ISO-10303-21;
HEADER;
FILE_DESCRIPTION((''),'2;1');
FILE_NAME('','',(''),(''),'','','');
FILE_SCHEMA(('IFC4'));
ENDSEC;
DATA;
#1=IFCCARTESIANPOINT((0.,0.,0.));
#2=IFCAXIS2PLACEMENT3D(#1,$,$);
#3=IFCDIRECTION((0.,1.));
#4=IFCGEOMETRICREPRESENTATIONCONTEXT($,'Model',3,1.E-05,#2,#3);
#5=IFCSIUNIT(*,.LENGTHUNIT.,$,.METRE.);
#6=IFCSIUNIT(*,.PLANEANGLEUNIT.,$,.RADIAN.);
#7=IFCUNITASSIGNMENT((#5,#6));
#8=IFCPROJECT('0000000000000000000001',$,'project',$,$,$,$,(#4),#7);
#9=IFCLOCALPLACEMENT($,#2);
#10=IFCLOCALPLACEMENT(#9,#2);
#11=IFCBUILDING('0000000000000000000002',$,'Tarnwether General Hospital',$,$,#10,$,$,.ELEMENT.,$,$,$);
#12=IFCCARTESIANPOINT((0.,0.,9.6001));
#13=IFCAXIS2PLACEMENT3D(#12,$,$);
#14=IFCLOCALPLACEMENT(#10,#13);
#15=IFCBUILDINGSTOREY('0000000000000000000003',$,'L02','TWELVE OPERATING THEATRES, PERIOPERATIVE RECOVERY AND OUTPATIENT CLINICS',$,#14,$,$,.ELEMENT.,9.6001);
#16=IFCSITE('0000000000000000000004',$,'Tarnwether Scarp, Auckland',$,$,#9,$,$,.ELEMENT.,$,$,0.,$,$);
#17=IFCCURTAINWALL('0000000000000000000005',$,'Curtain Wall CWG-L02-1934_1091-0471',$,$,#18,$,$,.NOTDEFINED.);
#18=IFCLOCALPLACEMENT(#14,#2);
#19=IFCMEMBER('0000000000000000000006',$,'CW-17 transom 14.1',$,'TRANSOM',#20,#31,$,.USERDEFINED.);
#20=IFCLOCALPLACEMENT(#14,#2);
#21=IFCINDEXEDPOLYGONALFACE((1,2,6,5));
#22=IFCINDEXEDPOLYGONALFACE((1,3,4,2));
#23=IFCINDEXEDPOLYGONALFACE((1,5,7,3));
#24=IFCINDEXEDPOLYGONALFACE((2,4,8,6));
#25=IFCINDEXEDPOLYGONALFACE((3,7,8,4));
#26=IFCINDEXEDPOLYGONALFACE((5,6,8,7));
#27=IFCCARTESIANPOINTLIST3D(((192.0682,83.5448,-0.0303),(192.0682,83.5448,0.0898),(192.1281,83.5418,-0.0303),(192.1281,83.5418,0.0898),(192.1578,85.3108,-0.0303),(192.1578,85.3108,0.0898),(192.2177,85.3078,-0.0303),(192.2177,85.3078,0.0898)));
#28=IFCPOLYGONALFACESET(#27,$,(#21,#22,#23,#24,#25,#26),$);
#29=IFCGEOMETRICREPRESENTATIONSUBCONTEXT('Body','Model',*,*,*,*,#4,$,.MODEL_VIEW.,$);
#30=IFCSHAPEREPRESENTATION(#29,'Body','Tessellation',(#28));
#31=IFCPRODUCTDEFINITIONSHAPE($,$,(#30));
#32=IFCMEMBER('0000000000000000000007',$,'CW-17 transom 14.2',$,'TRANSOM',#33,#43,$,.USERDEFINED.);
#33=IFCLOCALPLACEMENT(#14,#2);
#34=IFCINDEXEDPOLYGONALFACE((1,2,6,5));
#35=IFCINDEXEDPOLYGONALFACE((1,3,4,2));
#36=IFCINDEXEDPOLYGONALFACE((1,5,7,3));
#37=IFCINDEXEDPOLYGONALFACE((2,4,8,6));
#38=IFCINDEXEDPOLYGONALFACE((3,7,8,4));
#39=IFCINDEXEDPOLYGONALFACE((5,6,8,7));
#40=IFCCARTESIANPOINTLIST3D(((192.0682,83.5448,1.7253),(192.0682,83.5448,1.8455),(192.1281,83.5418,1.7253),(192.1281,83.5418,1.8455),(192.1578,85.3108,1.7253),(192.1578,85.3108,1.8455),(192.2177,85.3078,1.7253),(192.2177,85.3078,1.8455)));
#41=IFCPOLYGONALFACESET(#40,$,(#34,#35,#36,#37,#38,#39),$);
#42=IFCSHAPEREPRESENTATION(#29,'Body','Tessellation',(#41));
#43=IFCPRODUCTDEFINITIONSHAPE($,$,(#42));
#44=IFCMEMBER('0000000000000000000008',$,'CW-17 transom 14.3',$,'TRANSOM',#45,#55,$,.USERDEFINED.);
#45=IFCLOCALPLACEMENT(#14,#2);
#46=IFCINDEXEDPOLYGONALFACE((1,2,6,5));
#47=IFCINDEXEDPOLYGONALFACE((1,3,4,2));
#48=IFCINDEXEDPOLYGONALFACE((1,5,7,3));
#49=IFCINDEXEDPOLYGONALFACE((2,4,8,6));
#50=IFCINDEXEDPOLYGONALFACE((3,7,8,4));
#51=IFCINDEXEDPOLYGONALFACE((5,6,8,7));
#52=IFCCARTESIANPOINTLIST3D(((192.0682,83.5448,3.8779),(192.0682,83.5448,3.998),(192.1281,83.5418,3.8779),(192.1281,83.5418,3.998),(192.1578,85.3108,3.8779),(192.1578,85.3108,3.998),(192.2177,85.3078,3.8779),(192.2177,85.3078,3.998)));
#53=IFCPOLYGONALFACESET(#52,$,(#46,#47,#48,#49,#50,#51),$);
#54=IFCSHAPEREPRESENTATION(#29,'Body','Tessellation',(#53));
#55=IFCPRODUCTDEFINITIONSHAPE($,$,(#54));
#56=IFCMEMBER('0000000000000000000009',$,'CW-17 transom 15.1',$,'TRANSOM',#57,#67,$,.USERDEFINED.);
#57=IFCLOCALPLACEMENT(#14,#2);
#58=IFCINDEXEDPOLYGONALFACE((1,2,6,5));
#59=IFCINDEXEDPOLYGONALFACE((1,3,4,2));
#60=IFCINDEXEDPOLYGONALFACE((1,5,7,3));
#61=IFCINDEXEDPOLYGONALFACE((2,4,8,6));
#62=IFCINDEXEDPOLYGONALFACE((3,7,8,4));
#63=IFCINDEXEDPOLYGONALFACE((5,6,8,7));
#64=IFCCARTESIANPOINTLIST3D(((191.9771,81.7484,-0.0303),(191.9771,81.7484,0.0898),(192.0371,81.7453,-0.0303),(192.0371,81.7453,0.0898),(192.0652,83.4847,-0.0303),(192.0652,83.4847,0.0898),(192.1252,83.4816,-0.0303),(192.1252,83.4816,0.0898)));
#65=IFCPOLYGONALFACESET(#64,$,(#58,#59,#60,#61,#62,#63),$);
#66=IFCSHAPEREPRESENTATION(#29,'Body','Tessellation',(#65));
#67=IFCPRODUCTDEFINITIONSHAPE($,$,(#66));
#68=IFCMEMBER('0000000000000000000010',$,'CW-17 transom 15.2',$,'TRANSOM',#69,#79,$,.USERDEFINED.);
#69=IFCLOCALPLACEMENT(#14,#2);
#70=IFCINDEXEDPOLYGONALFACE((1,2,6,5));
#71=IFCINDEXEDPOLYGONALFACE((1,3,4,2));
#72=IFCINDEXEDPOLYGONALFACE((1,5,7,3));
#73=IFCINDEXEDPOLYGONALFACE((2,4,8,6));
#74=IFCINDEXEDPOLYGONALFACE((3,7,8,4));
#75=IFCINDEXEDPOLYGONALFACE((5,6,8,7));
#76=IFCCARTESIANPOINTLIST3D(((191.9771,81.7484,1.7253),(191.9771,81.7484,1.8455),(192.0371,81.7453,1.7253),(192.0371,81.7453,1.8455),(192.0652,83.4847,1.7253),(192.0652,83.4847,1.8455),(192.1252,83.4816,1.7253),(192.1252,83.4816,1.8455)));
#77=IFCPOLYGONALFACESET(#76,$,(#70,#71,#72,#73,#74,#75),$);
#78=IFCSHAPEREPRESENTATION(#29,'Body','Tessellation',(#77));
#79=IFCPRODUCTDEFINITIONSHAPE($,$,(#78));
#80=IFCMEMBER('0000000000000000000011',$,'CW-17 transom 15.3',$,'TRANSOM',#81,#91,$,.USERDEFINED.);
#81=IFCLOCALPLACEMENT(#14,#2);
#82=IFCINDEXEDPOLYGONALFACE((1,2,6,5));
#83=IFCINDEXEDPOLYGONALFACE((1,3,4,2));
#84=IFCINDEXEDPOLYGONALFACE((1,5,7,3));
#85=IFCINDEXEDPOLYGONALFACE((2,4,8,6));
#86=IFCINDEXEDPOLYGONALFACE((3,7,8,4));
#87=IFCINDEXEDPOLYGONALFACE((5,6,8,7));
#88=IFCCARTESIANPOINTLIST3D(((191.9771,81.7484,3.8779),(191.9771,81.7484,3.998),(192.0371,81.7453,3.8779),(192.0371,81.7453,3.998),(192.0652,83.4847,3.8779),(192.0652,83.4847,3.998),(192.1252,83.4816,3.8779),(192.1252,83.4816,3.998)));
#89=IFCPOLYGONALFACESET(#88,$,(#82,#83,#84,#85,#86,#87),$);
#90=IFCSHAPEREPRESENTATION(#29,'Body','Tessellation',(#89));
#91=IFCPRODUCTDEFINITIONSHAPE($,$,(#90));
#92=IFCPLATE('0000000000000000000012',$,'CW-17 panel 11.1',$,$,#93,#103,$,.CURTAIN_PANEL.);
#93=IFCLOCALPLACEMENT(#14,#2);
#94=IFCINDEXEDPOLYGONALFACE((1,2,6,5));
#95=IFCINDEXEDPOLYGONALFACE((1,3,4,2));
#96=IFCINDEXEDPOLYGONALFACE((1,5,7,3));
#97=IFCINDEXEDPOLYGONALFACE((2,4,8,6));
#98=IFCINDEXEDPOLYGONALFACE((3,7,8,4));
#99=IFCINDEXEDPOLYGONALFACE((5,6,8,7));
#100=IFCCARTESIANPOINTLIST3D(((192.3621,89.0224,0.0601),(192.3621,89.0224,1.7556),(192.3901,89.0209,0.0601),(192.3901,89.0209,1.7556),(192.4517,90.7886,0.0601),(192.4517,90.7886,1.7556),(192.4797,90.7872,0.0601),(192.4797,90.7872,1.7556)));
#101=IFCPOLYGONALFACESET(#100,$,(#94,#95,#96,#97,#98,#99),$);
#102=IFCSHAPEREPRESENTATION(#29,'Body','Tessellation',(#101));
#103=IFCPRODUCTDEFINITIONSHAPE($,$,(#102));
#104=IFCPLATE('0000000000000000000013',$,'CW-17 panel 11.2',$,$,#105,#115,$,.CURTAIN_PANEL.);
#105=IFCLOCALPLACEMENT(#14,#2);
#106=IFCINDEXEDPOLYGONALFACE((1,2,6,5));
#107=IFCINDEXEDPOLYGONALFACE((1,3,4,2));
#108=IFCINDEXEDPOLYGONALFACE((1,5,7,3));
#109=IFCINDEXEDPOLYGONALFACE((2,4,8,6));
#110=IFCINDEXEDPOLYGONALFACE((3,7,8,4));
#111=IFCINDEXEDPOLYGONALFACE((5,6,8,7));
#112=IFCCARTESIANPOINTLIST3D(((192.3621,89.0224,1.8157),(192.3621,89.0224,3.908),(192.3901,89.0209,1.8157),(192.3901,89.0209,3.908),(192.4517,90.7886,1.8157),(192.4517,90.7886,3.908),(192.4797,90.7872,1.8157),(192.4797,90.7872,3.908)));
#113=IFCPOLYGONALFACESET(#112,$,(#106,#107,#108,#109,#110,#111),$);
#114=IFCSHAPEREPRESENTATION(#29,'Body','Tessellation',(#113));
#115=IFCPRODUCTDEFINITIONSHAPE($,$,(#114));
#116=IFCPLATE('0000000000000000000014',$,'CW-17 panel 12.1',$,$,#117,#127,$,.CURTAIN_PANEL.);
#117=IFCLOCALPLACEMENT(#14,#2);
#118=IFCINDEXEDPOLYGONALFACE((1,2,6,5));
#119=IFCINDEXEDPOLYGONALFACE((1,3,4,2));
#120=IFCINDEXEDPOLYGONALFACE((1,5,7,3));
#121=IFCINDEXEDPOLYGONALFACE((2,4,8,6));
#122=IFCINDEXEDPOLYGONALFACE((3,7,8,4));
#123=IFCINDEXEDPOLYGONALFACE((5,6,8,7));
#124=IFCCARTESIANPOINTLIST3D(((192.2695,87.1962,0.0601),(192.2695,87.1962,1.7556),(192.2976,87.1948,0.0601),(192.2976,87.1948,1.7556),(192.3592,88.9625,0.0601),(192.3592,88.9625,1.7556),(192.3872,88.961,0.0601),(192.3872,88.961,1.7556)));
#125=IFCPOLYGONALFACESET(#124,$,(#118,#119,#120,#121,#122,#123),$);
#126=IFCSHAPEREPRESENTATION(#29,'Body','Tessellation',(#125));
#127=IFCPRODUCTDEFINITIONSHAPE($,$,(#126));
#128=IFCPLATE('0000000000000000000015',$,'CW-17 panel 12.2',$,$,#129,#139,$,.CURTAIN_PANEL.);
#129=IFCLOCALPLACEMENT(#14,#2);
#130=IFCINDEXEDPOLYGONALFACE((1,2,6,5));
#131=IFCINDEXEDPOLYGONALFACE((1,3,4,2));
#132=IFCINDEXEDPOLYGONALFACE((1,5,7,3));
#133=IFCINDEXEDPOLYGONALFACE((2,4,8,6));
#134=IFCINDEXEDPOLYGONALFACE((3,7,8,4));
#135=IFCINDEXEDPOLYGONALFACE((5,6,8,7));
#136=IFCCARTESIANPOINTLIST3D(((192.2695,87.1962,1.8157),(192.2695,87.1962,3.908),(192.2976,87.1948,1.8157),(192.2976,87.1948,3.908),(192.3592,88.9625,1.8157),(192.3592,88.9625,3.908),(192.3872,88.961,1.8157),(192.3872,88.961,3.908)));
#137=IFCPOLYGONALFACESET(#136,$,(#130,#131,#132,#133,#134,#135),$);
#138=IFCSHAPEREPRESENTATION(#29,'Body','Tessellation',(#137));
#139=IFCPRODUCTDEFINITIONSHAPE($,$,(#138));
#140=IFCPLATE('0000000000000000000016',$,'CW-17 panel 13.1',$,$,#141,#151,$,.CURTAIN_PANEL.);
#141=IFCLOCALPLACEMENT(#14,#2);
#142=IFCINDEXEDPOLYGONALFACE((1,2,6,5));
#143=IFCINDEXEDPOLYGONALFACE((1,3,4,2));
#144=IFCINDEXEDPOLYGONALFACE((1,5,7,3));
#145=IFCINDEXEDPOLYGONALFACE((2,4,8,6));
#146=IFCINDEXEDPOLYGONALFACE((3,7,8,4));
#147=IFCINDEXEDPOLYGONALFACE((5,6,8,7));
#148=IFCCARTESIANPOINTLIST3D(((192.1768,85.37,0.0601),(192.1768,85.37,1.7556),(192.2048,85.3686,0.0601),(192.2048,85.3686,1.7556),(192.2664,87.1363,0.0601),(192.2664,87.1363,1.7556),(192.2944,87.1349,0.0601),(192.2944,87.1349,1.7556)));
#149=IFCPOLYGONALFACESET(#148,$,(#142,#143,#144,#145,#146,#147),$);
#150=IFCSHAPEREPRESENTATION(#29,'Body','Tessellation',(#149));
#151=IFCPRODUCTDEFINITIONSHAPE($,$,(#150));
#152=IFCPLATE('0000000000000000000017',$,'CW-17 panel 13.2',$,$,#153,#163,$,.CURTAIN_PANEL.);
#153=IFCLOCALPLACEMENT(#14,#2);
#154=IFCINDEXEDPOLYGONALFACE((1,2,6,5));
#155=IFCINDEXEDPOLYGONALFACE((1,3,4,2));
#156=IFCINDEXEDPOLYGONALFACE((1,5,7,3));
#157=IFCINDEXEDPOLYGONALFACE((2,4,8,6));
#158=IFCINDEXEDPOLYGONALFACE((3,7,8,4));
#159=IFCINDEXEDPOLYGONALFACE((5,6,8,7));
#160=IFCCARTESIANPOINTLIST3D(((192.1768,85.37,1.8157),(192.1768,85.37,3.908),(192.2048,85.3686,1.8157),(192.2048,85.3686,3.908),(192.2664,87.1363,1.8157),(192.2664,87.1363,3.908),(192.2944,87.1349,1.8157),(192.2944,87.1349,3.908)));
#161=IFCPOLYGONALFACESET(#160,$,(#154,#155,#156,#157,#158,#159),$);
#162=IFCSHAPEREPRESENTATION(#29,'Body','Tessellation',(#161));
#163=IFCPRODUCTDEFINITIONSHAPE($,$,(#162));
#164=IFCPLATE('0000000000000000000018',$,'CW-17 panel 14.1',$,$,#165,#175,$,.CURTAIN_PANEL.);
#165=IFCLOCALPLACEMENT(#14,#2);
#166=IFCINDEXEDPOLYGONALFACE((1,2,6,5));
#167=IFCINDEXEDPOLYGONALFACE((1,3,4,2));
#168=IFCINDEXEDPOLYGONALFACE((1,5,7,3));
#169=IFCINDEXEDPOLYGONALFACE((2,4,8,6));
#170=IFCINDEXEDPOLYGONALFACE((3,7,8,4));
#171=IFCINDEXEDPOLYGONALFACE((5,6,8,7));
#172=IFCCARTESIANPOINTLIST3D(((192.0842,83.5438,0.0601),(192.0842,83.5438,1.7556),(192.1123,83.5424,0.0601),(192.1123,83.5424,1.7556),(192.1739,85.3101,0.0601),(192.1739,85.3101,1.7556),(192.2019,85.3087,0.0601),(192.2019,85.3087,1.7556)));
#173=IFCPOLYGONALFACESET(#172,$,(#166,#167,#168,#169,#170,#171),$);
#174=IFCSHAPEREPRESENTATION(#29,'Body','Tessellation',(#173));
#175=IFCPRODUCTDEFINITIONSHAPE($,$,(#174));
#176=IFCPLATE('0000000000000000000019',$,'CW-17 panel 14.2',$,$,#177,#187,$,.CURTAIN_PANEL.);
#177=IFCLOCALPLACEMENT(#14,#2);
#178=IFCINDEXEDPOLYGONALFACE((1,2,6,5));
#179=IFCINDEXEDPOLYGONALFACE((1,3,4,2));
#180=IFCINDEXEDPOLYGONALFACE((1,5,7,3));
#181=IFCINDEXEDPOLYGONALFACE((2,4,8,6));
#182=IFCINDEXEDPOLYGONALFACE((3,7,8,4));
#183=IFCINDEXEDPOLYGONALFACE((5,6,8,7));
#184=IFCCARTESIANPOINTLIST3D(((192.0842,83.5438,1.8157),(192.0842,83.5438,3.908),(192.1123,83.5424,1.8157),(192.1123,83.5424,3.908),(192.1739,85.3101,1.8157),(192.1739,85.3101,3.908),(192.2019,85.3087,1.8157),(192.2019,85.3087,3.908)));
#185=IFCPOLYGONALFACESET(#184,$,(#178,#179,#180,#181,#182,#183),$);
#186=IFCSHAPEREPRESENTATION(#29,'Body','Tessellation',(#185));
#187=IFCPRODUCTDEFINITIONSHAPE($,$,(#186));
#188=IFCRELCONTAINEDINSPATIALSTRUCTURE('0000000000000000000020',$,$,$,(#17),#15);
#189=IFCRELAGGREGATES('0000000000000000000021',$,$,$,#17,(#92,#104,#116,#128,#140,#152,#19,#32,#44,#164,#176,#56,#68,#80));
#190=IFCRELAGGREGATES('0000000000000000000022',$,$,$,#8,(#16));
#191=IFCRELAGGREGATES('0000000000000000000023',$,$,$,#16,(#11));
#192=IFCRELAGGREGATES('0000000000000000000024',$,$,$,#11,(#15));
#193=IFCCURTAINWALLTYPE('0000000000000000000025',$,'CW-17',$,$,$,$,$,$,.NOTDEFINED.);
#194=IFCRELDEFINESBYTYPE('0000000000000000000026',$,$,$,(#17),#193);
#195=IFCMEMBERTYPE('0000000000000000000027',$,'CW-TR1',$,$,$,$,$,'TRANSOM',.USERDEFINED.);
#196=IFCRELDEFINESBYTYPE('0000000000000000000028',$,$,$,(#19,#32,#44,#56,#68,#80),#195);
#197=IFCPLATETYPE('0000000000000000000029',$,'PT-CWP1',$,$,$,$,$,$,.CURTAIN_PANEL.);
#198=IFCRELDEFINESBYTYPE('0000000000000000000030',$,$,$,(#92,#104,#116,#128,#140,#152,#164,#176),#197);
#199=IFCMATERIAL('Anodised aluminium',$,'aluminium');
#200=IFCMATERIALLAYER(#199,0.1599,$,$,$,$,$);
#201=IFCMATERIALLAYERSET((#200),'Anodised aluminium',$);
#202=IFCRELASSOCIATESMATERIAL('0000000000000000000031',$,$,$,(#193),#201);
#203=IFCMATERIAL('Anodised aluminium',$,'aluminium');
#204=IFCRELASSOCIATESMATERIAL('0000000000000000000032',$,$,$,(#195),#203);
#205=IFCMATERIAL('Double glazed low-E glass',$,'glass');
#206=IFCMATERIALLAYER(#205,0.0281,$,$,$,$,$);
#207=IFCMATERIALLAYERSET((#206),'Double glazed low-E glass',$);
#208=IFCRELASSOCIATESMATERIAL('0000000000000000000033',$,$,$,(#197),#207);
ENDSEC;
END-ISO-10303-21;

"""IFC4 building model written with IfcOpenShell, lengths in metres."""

from ifc_helpers import new_model, si_unit, direction, frame, origin, origin_2d, place, context, subcontext, project, spatial, rectangle, extrude, material, layer, layer_set, material_profile, profile_set, type_object, element, aggregate, save


model = new_model("IFC4")

# Units and contexts
model_context = context("Model", 3, precision=1e-05, world=origin(), true_north=direction((0.0, 1.0)))
body_context = subcontext(model_context, "Body", "Model", "MODEL_VIEW")
ifc_project = project(units=[si_unit("LENGTHUNIT", "METRE"), si_unit("PLANEANGLEUNIT", "RADIAN")], contexts=[model_context])

# Site, building, storey
site_placement = place(None, origin())
site = spatial("IfcSite", under=ifc_project, at=site_placement, Name="Tarnwether Scarp, Auckland", CompositionType="ELEMENT", RefElevation=0.0)
building_placement = place(site_placement, origin())
building = spatial("IfcBuilding", under=site, at=building_placement, Name="Tarnwether General Hospital", CompositionType="ELEMENT")
storey_placement = place(building_placement, frame((0.0, 0.0, 9.6001)))
storey = spatial("IfcBuildingStorey", under=building, at=storey_placement, Name="L02", Description="TWELVE OPERATING THEATRES, PERIOPERATIVE RECOVERY AND OUTPATIENT CLINICS", CompositionType="ELEMENT", Elevation=9.6001)

# Curtain wall, members, plates
ifc_material_1 = material(Name="Anodised aluminium", Category="aluminium")
ifc_layer_1 = layer(ifc_material_1, 0.1599)
ifc_layer_set_1 = layer_set([ifc_layer_1], Name="Anodised aluminium")
curtain_wall_type = type_object("IfcCurtainWallType", Name="CW-17", PredefinedType="NOTDEFINED", material=ifc_layer_set_1)
curtain_wall_placement = place(storey_placement, origin())
curtain_wall = element("IfcCurtainWall", 1, at=curtain_wall_placement, inside=storey, type_object=curtain_wall_type, Name="Curtain Wall CWG-L02-1934_1091-0471", PredefinedType="NOTDEFINED")
ifc_material_2 = material(Name="Anodised aluminium", Category="aluminium")
ifc_material_profile_1 = material_profile(ifc_material_2, rectangle(XDim=0.0601, YDim=0.1201, at=origin_2d()), Name="ALU-TRN-60x120")
ifc_profile_set_1 = profile_set([ifc_material_profile_1], Name="Anodised aluminium")
member_type_1 = type_object("IfcMemberType", Name="CW-TR1", ElementType="TRANSOM", PredefinedType="USERDEFINED", material=ifc_profile_set_1)
member_1_placement = place(storey_placement, frame((192.1877, 85.3093, 0.0298), z_axis=(-0.050667, -0.998716, 0.0), x_axis=(0.998716, -0.050667, 0.0)))
member_1 = element("IfcMember", 2, at=member_1_placement, type_object=member_type_1, Name="CW-17 transom 14.1", ObjectType="TRANSOM", PredefinedType="USERDEFINED", context=body_context, shape_type="SweptSolid", body=[
    extrude(rectangle(XDim=0.0601, YDim=0.1201, at=origin_2d()), origin(), (0.0, 0.0, 1.0), 1.7683),
])
member_2_placement = place(storey_placement, frame((192.1877, 85.3093, 1.7854), z_axis=(-0.050667, -0.998716, 0.0), x_axis=(0.998716, -0.050667, 0.0)))
member_2 = element("IfcMember", 3, at=member_2_placement, type_object=member_type_1, Name="CW-17 transom 14.2", ObjectType="TRANSOM", PredefinedType="USERDEFINED", context=body_context, shape_type="SweptSolid", body=[
    extrude(rectangle(XDim=0.0601, YDim=0.1201, at=origin_2d()), origin(), (0.0, 0.0, 1.0), 1.7683),
])
member_3_placement = place(storey_placement, frame((192.1877, 85.3093, 3.938), z_axis=(-0.050667, -0.998716, 0.0), x_axis=(0.998716, -0.050667, 0.0)))
member_3 = element("IfcMember", 4, at=member_3_placement, type_object=member_type_1, Name="CW-17 transom 14.3", ObjectType="TRANSOM", PredefinedType="USERDEFINED", context=body_context, shape_type="SweptSolid", body=[
    extrude(rectangle(XDim=0.0601, YDim=0.1201, at=origin_2d()), origin(), (0.0, 0.0, 1.0), 1.7683),
])
member_4_placement = place(storey_placement, frame((192.0952, 83.4832, 0.0298), z_axis=(-0.050694, -0.998714, 0.0), x_axis=(0.998714, -0.050694, 0.0)))
member_4 = element("IfcMember", 5, at=member_4_placement, type_object=member_type_1, Name="CW-17 transom 15.1", ObjectType="TRANSOM", PredefinedType="USERDEFINED", context=body_context, shape_type="SweptSolid", body=[
    extrude(rectangle(XDim=0.0601, YDim=0.1201, at=origin_2d()), origin(), (0.0, 0.0, 1.0), 1.7385),
])
member_5_placement = place(storey_placement, frame((192.0952, 83.4832, 1.7854), z_axis=(-0.050694, -0.998714, 0.0), x_axis=(0.998714, -0.050694, 0.0)))
member_5 = element("IfcMember", 6, at=member_5_placement, type_object=member_type_1, Name="CW-17 transom 15.2", ObjectType="TRANSOM", PredefinedType="USERDEFINED", context=body_context, shape_type="SweptSolid", body=[
    extrude(rectangle(XDim=0.0601, YDim=0.1201, at=origin_2d()), origin(), (0.0, 0.0, 1.0), 1.7385),
])
member_6_placement = place(storey_placement, frame((192.0952, 83.4832, 3.938), z_axis=(-0.050694, -0.998714, 0.0), x_axis=(0.998714, -0.050694, 0.0)))
member_6 = element("IfcMember", 7, at=member_6_placement, type_object=member_type_1, Name="CW-17 transom 15.3", ObjectType="TRANSOM", PredefinedType="USERDEFINED", context=body_context, shape_type="SweptSolid", body=[
    extrude(rectangle(XDim=0.0601, YDim=0.1201, at=origin_2d()), origin(), (0.0, 0.0, 1.0), 1.7385),
])
ifc_material_3 = material(Name="Double glazed low-E glass", Category="glass")
ifc_layer_2 = layer(ifc_material_3, 0.0281)
ifc_layer_set_2 = layer_set([ifc_layer_2], Name="Double glazed low-E glass")
plate_type = type_object("IfcPlateType", Name="PT-CWP1", PredefinedType="CURTAIN_PANEL", material=ifc_layer_set_2)
plate_1_placement = place(storey_placement, frame((192.4209, 89.9048, 0.0601), z_axis=(0.0, 0.0, 1.0), x_axis=(-0.050678, -0.998715, 0.0)))
plate_1 = element("IfcPlate", 8, at=plate_1_placement, type_object=plate_type, Name="CW-17 panel 11.1", PredefinedType="CURTAIN_PANEL", context=body_context, shape_type="SweptSolid", body=[
    extrude(rectangle(XDim=1.7686, YDim=0.0281, at=origin_2d()), origin(), (0.0, 0.0, 1.0), 1.6956),
])
plate_2_placement = place(storey_placement, frame((192.4209, 89.9048, 1.8157), z_axis=(0.0, 0.0, 1.0), x_axis=(-0.050678, -0.998715, 0.0)))
plate_2 = element("IfcPlate", 9, at=plate_2_placement, type_object=plate_type, Name="CW-17 panel 11.2", PredefinedType="CURTAIN_PANEL", context=body_context, shape_type="SweptSolid", body=[
    extrude(rectangle(XDim=1.7686, YDim=0.0281, at=origin_2d()), origin(), (0.0, 0.0, 1.0), 2.0923),
])
plate_3_placement = place(storey_placement, frame((192.3284, 88.0786, 0.0601), z_axis=(0.0, 0.0, 1.0), x_axis=(-0.050678, -0.998715, 0.0)))
plate_3 = element("IfcPlate", 10, at=plate_3_placement, type_object=plate_type, Name="CW-17 panel 12.1", PredefinedType="CURTAIN_PANEL", context=body_context, shape_type="SweptSolid", body=[
    extrude(rectangle(XDim=1.7686, YDim=0.0281, at=origin_2d()), origin(), (0.0, 0.0, 1.0), 1.6956),
])
plate_4_placement = place(storey_placement, frame((192.3284, 88.0786, 1.8157), z_axis=(0.0, 0.0, 1.0), x_axis=(-0.050678, -0.998715, 0.0)))
plate_4 = element("IfcPlate", 11, at=plate_4_placement, type_object=plate_type, Name="CW-17 panel 12.2", PredefinedType="CURTAIN_PANEL", context=body_context, shape_type="SweptSolid", body=[
    extrude(rectangle(XDim=1.7686, YDim=0.0281, at=origin_2d()), origin(), (0.0, 0.0, 1.0), 2.0923),
])
plate_5_placement = place(storey_placement, frame((192.2356, 86.2524, 0.0601), z_axis=(0.0, 0.0, 1.0), x_axis=(-0.050678, -0.998715, 0.0)))
plate_5 = element("IfcPlate", 12, at=plate_5_placement, type_object=plate_type, Name="CW-17 panel 13.1", PredefinedType="CURTAIN_PANEL", context=body_context, shape_type="SweptSolid", body=[
    extrude(rectangle(XDim=1.7686, YDim=0.0281, at=origin_2d()), origin(), (0.0, 0.0, 1.0), 1.6956),
])
plate_6_placement = place(storey_placement, frame((192.2356, 86.2524, 1.8157), z_axis=(0.0, 0.0, 1.0), x_axis=(-0.050678, -0.998715, 0.0)))
plate_6 = element("IfcPlate", 13, at=plate_6_placement, type_object=plate_type, Name="CW-17 panel 13.2", PredefinedType="CURTAIN_PANEL", context=body_context, shape_type="SweptSolid", body=[
    extrude(rectangle(XDim=1.7686, YDim=0.0281, at=origin_2d()), origin(), (0.0, 0.0, 1.0), 2.0923),
])
plate_7_placement = place(storey_placement, frame((192.1431, 84.4263, 0.0601), z_axis=(0.0, 0.0, 1.0), x_axis=(-0.050678, -0.998715, 0.0)))
plate_7 = element("IfcPlate", 14, at=plate_7_placement, type_object=plate_type, Name="CW-17 panel 14.1", PredefinedType="CURTAIN_PANEL", context=body_context, shape_type="SweptSolid", body=[
    extrude(rectangle(XDim=1.7686, YDim=0.0281, at=origin_2d()), origin(), (0.0, 0.0, 1.0), 1.6956),
])
plate_8_placement = place(storey_placement, frame((192.1431, 84.4263, 1.8157), z_axis=(0.0, 0.0, 1.0), x_axis=(-0.050678, -0.998715, 0.0)))
plate_8 = element("IfcPlate", 15, at=plate_8_placement, type_object=plate_type, Name="CW-17 panel 14.2", PredefinedType="CURTAIN_PANEL", context=body_context, shape_type="SweptSolid", body=[
    extrude(rectangle(XDim=1.7686, YDim=0.0281, at=origin_2d()), origin(), (0.0, 0.0, 1.0), 2.0923),
])
aggregate(curtain_wall, [plate_1, plate_2, plate_3, plate_4, plate_5, plate_6, member_1, member_2, member_3, plate_7, plate_8, member_4, member_5, member_6])

save(model, "model.ifc")
